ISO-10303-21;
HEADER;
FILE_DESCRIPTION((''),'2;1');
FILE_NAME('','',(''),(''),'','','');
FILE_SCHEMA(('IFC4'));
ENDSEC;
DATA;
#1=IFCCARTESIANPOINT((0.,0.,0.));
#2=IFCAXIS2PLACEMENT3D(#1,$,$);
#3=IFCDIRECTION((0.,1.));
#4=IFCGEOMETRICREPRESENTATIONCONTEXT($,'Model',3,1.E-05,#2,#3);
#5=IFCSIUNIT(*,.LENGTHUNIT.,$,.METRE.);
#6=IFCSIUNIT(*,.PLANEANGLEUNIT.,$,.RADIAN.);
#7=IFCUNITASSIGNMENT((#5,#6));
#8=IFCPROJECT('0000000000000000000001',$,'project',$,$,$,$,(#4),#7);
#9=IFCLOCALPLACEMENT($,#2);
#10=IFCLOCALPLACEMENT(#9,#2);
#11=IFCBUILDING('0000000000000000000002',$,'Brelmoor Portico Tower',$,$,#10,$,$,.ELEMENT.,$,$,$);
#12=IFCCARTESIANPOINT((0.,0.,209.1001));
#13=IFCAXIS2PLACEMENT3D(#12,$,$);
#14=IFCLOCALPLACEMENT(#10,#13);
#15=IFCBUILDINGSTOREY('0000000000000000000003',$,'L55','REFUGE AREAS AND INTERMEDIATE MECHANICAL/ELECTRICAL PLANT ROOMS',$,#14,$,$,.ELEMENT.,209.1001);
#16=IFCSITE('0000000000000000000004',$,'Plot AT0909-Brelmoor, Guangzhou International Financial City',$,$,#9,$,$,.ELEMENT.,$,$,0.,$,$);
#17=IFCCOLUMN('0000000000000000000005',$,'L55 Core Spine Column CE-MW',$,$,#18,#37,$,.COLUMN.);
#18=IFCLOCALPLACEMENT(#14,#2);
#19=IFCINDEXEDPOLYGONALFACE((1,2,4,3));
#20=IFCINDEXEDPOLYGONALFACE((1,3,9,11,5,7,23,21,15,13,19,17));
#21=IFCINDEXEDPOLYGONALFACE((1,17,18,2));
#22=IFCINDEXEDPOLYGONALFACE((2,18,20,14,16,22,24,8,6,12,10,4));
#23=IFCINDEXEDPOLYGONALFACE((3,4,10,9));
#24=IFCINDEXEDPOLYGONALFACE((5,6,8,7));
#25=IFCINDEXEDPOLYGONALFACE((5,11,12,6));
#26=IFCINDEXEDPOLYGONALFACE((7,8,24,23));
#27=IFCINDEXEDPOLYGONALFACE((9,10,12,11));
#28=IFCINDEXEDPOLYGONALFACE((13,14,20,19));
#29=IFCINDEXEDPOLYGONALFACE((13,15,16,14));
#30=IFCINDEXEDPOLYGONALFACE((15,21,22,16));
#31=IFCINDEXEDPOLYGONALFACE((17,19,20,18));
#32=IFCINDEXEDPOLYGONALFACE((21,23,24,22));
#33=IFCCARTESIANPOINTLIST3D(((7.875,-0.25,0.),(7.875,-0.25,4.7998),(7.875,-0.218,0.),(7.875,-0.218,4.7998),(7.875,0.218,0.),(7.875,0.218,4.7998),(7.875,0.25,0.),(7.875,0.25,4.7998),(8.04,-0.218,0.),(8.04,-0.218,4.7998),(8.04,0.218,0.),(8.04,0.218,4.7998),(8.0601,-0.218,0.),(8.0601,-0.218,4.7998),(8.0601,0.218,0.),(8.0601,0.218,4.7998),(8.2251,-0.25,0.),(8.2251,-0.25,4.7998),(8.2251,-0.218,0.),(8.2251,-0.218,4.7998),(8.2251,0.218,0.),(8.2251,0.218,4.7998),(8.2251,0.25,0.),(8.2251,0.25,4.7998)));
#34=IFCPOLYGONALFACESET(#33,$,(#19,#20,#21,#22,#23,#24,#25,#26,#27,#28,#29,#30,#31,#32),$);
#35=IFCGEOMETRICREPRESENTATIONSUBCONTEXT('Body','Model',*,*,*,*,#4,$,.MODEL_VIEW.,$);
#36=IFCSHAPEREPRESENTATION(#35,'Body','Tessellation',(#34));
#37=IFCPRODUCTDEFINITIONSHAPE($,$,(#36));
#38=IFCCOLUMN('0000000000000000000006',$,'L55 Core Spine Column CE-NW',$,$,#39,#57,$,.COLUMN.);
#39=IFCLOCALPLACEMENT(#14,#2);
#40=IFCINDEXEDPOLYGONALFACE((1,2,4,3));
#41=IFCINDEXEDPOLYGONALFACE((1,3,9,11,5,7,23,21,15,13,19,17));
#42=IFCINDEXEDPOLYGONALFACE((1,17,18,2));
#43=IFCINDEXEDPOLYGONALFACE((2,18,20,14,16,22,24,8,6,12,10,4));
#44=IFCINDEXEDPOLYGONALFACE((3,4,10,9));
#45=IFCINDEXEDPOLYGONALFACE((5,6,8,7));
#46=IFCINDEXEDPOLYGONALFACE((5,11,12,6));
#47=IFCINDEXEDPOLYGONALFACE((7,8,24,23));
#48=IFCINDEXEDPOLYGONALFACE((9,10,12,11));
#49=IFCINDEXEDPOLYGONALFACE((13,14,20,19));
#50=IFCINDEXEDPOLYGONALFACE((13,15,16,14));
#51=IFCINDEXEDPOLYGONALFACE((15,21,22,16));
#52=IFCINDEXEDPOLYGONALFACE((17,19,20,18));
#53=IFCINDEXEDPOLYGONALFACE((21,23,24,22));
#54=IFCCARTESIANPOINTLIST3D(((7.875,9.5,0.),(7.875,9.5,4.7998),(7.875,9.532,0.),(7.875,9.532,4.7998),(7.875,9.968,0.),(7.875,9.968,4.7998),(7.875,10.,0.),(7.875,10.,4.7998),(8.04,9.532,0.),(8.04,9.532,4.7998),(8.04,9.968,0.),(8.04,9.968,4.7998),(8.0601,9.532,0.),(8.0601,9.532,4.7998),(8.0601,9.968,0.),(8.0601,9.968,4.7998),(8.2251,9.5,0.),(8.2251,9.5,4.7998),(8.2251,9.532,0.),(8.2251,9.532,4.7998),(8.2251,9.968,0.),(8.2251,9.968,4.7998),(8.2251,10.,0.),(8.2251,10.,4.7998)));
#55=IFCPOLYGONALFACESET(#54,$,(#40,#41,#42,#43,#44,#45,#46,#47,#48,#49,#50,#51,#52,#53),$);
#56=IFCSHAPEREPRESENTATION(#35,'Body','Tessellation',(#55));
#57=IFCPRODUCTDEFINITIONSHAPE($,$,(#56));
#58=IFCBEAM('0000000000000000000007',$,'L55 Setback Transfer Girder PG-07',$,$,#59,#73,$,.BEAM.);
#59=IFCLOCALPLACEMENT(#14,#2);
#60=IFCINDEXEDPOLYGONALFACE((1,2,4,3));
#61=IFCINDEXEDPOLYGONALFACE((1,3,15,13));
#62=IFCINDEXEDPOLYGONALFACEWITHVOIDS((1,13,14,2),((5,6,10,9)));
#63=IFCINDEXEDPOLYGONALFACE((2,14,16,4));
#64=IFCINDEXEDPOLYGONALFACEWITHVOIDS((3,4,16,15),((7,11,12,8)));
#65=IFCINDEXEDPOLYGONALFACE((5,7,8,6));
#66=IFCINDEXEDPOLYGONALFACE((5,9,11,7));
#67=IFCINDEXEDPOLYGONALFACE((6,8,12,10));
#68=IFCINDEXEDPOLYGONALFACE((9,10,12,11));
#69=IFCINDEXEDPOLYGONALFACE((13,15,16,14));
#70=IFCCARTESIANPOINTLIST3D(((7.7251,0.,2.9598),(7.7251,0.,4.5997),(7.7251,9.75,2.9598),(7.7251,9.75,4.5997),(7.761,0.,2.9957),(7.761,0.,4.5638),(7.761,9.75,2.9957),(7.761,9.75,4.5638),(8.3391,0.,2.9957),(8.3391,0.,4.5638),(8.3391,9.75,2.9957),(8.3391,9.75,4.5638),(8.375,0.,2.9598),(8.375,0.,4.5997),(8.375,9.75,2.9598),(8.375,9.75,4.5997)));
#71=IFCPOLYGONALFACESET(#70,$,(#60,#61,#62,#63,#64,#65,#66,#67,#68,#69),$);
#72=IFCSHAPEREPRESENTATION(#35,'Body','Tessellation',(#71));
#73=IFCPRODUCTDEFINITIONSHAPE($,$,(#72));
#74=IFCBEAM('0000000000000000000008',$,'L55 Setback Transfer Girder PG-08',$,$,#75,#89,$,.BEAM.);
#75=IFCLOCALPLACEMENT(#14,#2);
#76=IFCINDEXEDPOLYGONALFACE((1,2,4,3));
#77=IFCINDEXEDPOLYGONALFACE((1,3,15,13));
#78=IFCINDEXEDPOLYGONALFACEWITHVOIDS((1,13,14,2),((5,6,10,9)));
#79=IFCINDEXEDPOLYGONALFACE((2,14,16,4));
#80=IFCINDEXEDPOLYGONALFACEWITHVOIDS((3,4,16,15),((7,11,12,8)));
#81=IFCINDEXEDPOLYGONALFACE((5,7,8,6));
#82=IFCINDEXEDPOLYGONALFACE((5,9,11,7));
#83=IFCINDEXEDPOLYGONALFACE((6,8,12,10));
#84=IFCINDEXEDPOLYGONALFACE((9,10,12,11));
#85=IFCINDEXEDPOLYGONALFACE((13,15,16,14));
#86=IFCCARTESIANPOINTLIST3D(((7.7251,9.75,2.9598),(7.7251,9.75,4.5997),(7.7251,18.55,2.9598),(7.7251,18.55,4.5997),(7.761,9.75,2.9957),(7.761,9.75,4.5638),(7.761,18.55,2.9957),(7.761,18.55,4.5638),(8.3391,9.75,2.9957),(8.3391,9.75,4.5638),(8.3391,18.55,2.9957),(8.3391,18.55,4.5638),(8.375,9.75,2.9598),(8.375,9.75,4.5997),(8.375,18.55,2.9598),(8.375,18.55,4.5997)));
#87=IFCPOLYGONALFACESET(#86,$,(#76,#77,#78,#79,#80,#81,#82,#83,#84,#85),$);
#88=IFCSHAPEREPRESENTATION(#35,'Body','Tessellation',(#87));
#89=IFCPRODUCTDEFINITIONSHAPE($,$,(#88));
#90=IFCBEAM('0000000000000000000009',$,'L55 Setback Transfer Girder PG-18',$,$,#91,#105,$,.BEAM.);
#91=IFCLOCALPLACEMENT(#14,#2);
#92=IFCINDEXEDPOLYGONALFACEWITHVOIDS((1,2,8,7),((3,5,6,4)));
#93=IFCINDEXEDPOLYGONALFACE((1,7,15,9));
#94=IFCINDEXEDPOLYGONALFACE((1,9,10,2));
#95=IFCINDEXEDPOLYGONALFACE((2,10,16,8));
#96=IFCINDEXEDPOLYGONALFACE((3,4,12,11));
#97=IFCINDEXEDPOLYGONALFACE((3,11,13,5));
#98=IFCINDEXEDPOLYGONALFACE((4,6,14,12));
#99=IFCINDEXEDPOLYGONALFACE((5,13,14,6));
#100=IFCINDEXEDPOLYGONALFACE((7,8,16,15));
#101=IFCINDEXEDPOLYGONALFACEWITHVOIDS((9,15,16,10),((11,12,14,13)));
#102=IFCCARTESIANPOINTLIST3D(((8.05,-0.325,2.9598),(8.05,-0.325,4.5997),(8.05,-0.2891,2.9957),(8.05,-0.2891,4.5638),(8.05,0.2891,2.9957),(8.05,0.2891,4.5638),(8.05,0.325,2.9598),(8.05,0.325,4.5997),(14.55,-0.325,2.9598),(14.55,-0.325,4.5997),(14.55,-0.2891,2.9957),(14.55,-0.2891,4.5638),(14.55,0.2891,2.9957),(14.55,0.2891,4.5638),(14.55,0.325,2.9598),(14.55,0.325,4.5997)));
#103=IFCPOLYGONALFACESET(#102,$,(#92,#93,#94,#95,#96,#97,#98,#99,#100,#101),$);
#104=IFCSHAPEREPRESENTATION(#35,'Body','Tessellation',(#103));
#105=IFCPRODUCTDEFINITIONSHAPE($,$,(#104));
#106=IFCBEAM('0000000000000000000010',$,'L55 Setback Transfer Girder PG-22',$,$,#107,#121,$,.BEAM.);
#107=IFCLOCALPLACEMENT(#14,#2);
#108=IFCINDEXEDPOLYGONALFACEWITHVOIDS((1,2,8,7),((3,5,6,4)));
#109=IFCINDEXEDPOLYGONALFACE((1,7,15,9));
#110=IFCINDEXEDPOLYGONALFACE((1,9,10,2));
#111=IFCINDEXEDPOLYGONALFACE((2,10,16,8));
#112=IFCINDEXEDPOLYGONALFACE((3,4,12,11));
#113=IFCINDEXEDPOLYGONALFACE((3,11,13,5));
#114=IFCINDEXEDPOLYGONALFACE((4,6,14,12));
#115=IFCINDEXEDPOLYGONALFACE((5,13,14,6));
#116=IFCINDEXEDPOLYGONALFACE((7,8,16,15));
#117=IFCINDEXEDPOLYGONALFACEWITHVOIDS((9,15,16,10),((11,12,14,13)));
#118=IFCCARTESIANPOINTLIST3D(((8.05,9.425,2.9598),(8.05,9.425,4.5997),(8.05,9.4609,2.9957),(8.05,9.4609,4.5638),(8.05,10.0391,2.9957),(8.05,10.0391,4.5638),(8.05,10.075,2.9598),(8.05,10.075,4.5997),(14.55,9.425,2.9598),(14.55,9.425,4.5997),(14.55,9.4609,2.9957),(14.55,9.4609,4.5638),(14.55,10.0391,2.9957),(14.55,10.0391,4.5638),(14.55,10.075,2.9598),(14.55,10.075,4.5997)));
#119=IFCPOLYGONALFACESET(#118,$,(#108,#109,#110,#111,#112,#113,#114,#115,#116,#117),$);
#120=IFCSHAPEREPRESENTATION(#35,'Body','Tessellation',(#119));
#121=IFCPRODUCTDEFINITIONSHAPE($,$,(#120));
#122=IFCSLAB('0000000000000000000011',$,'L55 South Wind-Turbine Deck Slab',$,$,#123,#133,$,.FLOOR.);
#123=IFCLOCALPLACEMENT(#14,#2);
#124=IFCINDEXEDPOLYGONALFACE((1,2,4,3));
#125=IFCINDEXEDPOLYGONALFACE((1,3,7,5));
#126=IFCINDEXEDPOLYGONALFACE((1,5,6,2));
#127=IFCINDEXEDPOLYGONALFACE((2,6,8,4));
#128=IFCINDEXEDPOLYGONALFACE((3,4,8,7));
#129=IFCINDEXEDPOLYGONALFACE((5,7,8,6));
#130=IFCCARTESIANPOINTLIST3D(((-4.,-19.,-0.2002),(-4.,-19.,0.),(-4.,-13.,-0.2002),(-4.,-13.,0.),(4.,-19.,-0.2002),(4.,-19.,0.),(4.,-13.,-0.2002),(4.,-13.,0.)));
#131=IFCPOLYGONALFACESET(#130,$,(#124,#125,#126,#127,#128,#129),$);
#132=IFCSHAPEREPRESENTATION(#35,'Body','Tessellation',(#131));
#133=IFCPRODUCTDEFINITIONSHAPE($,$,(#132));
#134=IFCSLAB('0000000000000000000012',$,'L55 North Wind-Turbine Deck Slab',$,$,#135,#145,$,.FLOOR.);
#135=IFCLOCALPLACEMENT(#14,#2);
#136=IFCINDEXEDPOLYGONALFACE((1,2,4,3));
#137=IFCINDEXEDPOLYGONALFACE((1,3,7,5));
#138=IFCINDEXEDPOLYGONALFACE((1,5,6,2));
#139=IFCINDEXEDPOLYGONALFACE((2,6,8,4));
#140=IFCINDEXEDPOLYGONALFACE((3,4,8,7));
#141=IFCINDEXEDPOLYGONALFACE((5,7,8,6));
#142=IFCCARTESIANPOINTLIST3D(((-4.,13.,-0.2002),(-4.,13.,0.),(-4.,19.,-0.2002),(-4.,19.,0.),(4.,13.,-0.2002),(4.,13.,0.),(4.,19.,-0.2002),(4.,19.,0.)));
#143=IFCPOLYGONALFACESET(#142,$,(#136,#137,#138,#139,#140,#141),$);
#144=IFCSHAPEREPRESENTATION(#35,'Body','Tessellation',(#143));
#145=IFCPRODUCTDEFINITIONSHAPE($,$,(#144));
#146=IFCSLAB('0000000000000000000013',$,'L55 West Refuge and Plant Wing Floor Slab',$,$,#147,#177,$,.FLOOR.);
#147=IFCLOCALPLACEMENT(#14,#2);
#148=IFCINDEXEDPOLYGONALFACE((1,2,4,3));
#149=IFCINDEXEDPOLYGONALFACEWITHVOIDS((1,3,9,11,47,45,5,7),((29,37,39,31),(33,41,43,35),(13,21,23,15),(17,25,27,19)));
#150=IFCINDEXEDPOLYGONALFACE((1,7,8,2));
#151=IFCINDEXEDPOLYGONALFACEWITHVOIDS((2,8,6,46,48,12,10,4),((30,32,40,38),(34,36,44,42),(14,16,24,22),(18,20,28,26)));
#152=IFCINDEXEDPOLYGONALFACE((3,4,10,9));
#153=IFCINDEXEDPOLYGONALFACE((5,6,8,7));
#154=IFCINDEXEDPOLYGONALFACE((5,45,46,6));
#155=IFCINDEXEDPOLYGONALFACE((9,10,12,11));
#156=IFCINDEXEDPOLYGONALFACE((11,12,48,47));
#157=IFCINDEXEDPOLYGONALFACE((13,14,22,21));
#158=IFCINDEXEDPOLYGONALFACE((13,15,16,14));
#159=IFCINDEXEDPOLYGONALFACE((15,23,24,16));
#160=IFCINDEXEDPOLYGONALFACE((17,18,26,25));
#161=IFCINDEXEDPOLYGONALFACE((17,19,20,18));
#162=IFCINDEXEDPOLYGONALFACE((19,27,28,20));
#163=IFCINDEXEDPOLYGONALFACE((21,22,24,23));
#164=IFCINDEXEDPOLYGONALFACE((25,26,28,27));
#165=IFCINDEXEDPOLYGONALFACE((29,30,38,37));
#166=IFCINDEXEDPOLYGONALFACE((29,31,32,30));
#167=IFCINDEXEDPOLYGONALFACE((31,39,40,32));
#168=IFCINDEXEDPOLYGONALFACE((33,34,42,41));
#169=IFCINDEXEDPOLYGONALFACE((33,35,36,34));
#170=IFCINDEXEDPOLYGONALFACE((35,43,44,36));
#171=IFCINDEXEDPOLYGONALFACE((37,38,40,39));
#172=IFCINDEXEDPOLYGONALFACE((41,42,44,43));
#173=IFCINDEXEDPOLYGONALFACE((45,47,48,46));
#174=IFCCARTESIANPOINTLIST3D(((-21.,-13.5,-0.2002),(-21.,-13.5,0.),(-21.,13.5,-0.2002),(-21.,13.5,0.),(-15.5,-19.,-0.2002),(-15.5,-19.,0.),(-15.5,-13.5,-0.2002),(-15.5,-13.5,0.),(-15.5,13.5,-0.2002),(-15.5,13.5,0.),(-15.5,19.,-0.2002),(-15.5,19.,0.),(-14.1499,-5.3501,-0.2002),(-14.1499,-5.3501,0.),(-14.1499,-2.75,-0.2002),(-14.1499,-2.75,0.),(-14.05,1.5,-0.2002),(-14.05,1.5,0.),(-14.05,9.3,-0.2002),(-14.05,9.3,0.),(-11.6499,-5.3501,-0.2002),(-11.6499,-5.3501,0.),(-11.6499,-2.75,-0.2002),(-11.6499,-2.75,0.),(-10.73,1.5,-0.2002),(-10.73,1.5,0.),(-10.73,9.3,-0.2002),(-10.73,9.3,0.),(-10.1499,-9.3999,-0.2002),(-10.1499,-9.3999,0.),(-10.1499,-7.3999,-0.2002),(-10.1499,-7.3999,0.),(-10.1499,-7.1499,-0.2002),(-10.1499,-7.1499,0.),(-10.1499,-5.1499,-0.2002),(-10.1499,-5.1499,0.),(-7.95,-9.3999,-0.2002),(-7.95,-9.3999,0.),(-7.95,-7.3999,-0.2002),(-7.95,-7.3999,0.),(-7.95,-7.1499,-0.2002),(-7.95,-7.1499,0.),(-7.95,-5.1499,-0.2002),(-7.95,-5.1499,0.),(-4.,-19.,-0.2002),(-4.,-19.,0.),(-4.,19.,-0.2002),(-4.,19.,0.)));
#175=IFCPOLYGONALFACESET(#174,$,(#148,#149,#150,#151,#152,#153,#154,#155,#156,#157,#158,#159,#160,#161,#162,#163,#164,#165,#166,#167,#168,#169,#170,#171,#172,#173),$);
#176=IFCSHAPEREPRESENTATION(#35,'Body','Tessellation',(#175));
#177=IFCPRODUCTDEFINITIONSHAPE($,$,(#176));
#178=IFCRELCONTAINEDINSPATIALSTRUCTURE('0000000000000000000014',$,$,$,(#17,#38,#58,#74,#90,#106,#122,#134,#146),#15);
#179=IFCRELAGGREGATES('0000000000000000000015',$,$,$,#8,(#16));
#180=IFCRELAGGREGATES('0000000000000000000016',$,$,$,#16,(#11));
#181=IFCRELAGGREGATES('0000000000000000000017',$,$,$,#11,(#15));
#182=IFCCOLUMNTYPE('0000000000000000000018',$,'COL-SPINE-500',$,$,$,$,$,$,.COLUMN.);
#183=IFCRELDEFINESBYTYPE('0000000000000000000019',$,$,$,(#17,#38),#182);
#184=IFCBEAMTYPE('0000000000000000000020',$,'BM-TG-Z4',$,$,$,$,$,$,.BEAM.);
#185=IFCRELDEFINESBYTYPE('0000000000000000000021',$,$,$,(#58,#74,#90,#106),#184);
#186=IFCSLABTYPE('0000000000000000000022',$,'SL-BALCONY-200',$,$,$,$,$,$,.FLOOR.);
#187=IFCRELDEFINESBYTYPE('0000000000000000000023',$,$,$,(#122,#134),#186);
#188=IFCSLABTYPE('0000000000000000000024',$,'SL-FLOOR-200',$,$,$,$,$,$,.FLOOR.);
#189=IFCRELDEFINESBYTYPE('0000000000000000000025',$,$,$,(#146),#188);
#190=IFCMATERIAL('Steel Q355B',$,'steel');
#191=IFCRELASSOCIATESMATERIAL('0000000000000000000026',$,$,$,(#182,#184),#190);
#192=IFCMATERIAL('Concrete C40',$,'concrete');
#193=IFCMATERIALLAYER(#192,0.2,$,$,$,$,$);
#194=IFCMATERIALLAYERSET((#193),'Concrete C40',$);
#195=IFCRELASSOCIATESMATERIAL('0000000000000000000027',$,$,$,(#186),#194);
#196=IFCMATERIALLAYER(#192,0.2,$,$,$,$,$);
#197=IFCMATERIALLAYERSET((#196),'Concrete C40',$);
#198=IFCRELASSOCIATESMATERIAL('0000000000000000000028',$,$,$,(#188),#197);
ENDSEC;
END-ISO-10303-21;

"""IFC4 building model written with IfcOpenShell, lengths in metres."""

from ifc_helpers import new_model, si_unit, direction, frame, origin, origin_2d, place, context, subcontext, project, spatial, polyline, hollow_rectangle, i_section, outline, extrude, material, layer, layer_set, material_profile, profile_set, type_object, element, save


model = new_model("IFC4")

# Units and contexts
model_context = context("Model", 3, precision=1e-05, world=origin(), true_north=direction((0.0, 1.0)))
body_context = subcontext(model_context, "Body", "Model", "MODEL_VIEW")
ifc_project = project(units=[si_unit("LENGTHUNIT", "METRE"), si_unit("PLANEANGLEUNIT", "RADIAN")], contexts=[model_context])

# Site, building, storey
site_placement = place(None, origin())
site = spatial("IfcSite", under=ifc_project, at=site_placement, Name="Plot AT0909-Brelmoor, Guangzhou International Financial City", CompositionType="ELEMENT", RefElevation=0.0)
building_placement = place(site_placement, origin())
building = spatial("IfcBuilding", under=site, at=building_placement, Name="Brelmoor Portico Tower", CompositionType="ELEMENT")
storey_placement = place(building_placement, frame((0.0, 0.0, 209.1001)))
storey = spatial("IfcBuildingStorey", under=building, at=storey_placement, Name="L55", Description="REFUGE AREAS AND INTERMEDIATE MECHANICAL/ELECTRICAL PLANT ROOMS", CompositionType="ELEMENT", Elevation=209.1001)

# Columns
ifc_material_1 = material(Name="Steel Q355B", Category="steel")
ifc_material_profile_1 = material_profile(ifc_material_1, i_section(OverallWidth=0.3501, OverallDepth=0.5, WebThickness=0.02, FlangeThickness=0.032, at=origin_2d()), Name="HW 500x350x20x32")
ifc_profile_set_1 = profile_set([ifc_material_profile_1], Name="Steel Q355B")
column_type = type_object("IfcColumnType", Name="COL-SPINE-500", PredefinedType="COLUMN", material=ifc_profile_set_1)
for number, where, z_axis, x_axis, name in (
    (1, (8.05, 0.0, 0.0), (0.0, 0.0, 1.0), (1.0, 0.0, 0.0), "L55 Core Spine Column CE-MW"),
    (2, (8.05, 9.75, 0.0), (0.0, 0.0, 1.0), (1.0, 0.0, 0.0), "L55 Core Spine Column CE-NW"),
):
    element("IfcColumn", number, at=place(storey_placement, frame(where, z_axis=z_axis, x_axis=x_axis)), inside=storey, type_object=column_type, Name=name, PredefinedType="COLUMN", context=body_context, shape_type="SweptSolid", body=[
        extrude(i_section(OverallWidth=0.3501, OverallDepth=0.5, WebThickness=0.02, FlangeThickness=0.032, at=origin_2d()), origin(), (0.0, 0.0, 1.0), 4.7998),
    ])

# Beams
ifc_material_profile_2 = material_profile(ifc_material_1, hollow_rectangle(XDim=0.6499, YDim=1.6399, WallThickness=0.0359, at=origin_2d()), Name="BOX 650x1640x36")
ifc_profile_set_2 = profile_set([ifc_material_profile_2], Name="Steel Q355B")
beam_type = type_object("IfcBeamType", Name="BM-TG-Z4", PredefinedType="BEAM", material=ifc_profile_set_2)
beam_1_placement = place(storey_placement, frame((8.05, 0.0, 3.7798), z_axis=(0.0, 1.0, 0.0), x_axis=(-1.0, 0.0, 0.0)))
element("IfcBeam", 3, at=beam_1_placement, inside=storey, type_object=beam_type, Name="L55 Setback Transfer Girder PG-07", PredefinedType="BEAM", context=body_context, shape_type="SweptSolid", body=[
    extrude(hollow_rectangle(XDim=0.6499, YDim=1.6399, WallThickness=0.0359, at=origin_2d()), origin(), (0.0, 0.0, 1.0), 9.75),
])
beam_2_placement = place(storey_placement, frame((8.05, 9.75, 3.7798), z_axis=(0.0, 1.0, 0.0), x_axis=(-1.0, 0.0, 0.0)))
element("IfcBeam", 4, at=beam_2_placement, inside=storey, type_object=beam_type, Name="L55 Setback Transfer Girder PG-08", PredefinedType="BEAM", context=body_context, shape_type="SweptSolid", body=[
    extrude(hollow_rectangle(XDim=0.6499, YDim=1.6399, WallThickness=0.0359, at=origin_2d()), origin(), (0.0, 0.0, 1.0), 8.8),
])
for number, where, z_axis, x_axis, name in (
    (5, (8.05, 0.0, 3.7798), (1.0, 0.0, 0.0), (0.0, 1.0, 0.0), "L55 Setback Transfer Girder PG-18"),
    (6, (8.05, 9.75, 3.7798), (1.0, 0.0, 0.0), (0.0, 1.0, 0.0), "L55 Setback Transfer Girder PG-22"),
):
    element("IfcBeam", number, at=place(storey_placement, frame(where, z_axis=z_axis, x_axis=x_axis)), inside=storey, type_object=beam_type, Name=name, PredefinedType="BEAM", context=body_context, shape_type="SweptSolid", body=[
        extrude(hollow_rectangle(XDim=0.6499, YDim=1.6399, WallThickness=0.0359, at=origin_2d()), origin(), (0.0, 0.0, 1.0), 6.5),
    ])

# Slabs
ifc_material_2 = material(Name="Concrete C40", Category="concrete")
ifc_layer_1 = layer(ifc_material_2, 0.2)
ifc_layer_set_1 = layer_set([ifc_layer_1], Name="Concrete C40")
slab_type_1 = type_object("IfcSlabType", Name="SL-BALCONY-200", PredefinedType="FLOOR", material=ifc_layer_set_1)
slab_1_placement = place(storey_placement, frame((0.0, 0.0, -0.2002)))
element("IfcSlab", 7, at=slab_1_placement, inside=storey, type_object=slab_type_1, Name="L55 South Wind-Turbine Deck Slab", PredefinedType="FLOOR", context=body_context, shape_type="SweptSolid", body=[
    extrude(outline(polyline([(-4.0, -19.0), (4.0, -19.0), (4.0, -13.0), (-4.0, -13.0), (-4.0, -19.0)])), origin(), (0.0, 0.0, 1.0), 0.2002),
])
slab_2_placement = place(storey_placement, frame((0.0, 0.0, -0.2002)))
element("IfcSlab", 8, at=slab_2_placement, inside=storey, type_object=slab_type_1, Name="L55 North Wind-Turbine Deck Slab", PredefinedType="FLOOR", context=body_context, shape_type="SweptSolid", body=[
    extrude(outline(polyline([(-4.0, 13.0), (4.0, 13.0), (4.0, 19.0), (-4.0, 19.0), (-4.0, 13.0)])), origin(), (0.0, 0.0, 1.0), 0.2002),
])
ifc_layer_2 = layer(ifc_material_2, 0.2)
ifc_layer_set_2 = layer_set([ifc_layer_2], Name="Concrete C40")
slab_type_2 = type_object("IfcSlabType", Name="SL-FLOOR-200", PredefinedType="FLOOR", material=ifc_layer_set_2)
slab_3_placement = place(storey_placement, frame((0.0, 0.0, -0.2002)))
element("IfcSlab", 9, at=slab_3_placement, inside=storey, type_object=slab_type_2, Name="L55 West Refuge and Plant Wing Floor Slab", PredefinedType="FLOOR", context=body_context, shape_type="SweptSolid", body=[
    extrude(outline(polyline([(-15.5, -19.0), (-4.0, -19.0), (-4.0, 19.0), (-15.5, 19.0), (-15.5, 13.5), (-21.0, 13.5), (-21.0, -13.5), (-15.5, -13.5), (-15.5, -19.0)]), holes=[polyline([(-10.73, 1.5), (-10.73, 9.3), (-14.05, 9.3), (-14.05, 1.5), (-10.73, 1.5)]), polyline([(-10.1499, -9.3999), (-7.95, -9.3999), (-7.95, -7.3999), (-10.1499, -7.3999), (-10.1499, -9.3999)]), polyline([(-10.1499, -7.1499), (-7.95, -7.1499), (-7.95, -5.1499), (-10.1499, -5.1499), (-10.1499, -7.1499)]), polyline([(-14.1499, -5.3501), (-11.6499, -5.3501), (-11.6499, -2.75), (-14.1499, -2.75), (-14.1499, -5.3501)])]), origin(), (0.0, 0.0, 1.0), 0.2002),
])

save(model, "model.ifc")
